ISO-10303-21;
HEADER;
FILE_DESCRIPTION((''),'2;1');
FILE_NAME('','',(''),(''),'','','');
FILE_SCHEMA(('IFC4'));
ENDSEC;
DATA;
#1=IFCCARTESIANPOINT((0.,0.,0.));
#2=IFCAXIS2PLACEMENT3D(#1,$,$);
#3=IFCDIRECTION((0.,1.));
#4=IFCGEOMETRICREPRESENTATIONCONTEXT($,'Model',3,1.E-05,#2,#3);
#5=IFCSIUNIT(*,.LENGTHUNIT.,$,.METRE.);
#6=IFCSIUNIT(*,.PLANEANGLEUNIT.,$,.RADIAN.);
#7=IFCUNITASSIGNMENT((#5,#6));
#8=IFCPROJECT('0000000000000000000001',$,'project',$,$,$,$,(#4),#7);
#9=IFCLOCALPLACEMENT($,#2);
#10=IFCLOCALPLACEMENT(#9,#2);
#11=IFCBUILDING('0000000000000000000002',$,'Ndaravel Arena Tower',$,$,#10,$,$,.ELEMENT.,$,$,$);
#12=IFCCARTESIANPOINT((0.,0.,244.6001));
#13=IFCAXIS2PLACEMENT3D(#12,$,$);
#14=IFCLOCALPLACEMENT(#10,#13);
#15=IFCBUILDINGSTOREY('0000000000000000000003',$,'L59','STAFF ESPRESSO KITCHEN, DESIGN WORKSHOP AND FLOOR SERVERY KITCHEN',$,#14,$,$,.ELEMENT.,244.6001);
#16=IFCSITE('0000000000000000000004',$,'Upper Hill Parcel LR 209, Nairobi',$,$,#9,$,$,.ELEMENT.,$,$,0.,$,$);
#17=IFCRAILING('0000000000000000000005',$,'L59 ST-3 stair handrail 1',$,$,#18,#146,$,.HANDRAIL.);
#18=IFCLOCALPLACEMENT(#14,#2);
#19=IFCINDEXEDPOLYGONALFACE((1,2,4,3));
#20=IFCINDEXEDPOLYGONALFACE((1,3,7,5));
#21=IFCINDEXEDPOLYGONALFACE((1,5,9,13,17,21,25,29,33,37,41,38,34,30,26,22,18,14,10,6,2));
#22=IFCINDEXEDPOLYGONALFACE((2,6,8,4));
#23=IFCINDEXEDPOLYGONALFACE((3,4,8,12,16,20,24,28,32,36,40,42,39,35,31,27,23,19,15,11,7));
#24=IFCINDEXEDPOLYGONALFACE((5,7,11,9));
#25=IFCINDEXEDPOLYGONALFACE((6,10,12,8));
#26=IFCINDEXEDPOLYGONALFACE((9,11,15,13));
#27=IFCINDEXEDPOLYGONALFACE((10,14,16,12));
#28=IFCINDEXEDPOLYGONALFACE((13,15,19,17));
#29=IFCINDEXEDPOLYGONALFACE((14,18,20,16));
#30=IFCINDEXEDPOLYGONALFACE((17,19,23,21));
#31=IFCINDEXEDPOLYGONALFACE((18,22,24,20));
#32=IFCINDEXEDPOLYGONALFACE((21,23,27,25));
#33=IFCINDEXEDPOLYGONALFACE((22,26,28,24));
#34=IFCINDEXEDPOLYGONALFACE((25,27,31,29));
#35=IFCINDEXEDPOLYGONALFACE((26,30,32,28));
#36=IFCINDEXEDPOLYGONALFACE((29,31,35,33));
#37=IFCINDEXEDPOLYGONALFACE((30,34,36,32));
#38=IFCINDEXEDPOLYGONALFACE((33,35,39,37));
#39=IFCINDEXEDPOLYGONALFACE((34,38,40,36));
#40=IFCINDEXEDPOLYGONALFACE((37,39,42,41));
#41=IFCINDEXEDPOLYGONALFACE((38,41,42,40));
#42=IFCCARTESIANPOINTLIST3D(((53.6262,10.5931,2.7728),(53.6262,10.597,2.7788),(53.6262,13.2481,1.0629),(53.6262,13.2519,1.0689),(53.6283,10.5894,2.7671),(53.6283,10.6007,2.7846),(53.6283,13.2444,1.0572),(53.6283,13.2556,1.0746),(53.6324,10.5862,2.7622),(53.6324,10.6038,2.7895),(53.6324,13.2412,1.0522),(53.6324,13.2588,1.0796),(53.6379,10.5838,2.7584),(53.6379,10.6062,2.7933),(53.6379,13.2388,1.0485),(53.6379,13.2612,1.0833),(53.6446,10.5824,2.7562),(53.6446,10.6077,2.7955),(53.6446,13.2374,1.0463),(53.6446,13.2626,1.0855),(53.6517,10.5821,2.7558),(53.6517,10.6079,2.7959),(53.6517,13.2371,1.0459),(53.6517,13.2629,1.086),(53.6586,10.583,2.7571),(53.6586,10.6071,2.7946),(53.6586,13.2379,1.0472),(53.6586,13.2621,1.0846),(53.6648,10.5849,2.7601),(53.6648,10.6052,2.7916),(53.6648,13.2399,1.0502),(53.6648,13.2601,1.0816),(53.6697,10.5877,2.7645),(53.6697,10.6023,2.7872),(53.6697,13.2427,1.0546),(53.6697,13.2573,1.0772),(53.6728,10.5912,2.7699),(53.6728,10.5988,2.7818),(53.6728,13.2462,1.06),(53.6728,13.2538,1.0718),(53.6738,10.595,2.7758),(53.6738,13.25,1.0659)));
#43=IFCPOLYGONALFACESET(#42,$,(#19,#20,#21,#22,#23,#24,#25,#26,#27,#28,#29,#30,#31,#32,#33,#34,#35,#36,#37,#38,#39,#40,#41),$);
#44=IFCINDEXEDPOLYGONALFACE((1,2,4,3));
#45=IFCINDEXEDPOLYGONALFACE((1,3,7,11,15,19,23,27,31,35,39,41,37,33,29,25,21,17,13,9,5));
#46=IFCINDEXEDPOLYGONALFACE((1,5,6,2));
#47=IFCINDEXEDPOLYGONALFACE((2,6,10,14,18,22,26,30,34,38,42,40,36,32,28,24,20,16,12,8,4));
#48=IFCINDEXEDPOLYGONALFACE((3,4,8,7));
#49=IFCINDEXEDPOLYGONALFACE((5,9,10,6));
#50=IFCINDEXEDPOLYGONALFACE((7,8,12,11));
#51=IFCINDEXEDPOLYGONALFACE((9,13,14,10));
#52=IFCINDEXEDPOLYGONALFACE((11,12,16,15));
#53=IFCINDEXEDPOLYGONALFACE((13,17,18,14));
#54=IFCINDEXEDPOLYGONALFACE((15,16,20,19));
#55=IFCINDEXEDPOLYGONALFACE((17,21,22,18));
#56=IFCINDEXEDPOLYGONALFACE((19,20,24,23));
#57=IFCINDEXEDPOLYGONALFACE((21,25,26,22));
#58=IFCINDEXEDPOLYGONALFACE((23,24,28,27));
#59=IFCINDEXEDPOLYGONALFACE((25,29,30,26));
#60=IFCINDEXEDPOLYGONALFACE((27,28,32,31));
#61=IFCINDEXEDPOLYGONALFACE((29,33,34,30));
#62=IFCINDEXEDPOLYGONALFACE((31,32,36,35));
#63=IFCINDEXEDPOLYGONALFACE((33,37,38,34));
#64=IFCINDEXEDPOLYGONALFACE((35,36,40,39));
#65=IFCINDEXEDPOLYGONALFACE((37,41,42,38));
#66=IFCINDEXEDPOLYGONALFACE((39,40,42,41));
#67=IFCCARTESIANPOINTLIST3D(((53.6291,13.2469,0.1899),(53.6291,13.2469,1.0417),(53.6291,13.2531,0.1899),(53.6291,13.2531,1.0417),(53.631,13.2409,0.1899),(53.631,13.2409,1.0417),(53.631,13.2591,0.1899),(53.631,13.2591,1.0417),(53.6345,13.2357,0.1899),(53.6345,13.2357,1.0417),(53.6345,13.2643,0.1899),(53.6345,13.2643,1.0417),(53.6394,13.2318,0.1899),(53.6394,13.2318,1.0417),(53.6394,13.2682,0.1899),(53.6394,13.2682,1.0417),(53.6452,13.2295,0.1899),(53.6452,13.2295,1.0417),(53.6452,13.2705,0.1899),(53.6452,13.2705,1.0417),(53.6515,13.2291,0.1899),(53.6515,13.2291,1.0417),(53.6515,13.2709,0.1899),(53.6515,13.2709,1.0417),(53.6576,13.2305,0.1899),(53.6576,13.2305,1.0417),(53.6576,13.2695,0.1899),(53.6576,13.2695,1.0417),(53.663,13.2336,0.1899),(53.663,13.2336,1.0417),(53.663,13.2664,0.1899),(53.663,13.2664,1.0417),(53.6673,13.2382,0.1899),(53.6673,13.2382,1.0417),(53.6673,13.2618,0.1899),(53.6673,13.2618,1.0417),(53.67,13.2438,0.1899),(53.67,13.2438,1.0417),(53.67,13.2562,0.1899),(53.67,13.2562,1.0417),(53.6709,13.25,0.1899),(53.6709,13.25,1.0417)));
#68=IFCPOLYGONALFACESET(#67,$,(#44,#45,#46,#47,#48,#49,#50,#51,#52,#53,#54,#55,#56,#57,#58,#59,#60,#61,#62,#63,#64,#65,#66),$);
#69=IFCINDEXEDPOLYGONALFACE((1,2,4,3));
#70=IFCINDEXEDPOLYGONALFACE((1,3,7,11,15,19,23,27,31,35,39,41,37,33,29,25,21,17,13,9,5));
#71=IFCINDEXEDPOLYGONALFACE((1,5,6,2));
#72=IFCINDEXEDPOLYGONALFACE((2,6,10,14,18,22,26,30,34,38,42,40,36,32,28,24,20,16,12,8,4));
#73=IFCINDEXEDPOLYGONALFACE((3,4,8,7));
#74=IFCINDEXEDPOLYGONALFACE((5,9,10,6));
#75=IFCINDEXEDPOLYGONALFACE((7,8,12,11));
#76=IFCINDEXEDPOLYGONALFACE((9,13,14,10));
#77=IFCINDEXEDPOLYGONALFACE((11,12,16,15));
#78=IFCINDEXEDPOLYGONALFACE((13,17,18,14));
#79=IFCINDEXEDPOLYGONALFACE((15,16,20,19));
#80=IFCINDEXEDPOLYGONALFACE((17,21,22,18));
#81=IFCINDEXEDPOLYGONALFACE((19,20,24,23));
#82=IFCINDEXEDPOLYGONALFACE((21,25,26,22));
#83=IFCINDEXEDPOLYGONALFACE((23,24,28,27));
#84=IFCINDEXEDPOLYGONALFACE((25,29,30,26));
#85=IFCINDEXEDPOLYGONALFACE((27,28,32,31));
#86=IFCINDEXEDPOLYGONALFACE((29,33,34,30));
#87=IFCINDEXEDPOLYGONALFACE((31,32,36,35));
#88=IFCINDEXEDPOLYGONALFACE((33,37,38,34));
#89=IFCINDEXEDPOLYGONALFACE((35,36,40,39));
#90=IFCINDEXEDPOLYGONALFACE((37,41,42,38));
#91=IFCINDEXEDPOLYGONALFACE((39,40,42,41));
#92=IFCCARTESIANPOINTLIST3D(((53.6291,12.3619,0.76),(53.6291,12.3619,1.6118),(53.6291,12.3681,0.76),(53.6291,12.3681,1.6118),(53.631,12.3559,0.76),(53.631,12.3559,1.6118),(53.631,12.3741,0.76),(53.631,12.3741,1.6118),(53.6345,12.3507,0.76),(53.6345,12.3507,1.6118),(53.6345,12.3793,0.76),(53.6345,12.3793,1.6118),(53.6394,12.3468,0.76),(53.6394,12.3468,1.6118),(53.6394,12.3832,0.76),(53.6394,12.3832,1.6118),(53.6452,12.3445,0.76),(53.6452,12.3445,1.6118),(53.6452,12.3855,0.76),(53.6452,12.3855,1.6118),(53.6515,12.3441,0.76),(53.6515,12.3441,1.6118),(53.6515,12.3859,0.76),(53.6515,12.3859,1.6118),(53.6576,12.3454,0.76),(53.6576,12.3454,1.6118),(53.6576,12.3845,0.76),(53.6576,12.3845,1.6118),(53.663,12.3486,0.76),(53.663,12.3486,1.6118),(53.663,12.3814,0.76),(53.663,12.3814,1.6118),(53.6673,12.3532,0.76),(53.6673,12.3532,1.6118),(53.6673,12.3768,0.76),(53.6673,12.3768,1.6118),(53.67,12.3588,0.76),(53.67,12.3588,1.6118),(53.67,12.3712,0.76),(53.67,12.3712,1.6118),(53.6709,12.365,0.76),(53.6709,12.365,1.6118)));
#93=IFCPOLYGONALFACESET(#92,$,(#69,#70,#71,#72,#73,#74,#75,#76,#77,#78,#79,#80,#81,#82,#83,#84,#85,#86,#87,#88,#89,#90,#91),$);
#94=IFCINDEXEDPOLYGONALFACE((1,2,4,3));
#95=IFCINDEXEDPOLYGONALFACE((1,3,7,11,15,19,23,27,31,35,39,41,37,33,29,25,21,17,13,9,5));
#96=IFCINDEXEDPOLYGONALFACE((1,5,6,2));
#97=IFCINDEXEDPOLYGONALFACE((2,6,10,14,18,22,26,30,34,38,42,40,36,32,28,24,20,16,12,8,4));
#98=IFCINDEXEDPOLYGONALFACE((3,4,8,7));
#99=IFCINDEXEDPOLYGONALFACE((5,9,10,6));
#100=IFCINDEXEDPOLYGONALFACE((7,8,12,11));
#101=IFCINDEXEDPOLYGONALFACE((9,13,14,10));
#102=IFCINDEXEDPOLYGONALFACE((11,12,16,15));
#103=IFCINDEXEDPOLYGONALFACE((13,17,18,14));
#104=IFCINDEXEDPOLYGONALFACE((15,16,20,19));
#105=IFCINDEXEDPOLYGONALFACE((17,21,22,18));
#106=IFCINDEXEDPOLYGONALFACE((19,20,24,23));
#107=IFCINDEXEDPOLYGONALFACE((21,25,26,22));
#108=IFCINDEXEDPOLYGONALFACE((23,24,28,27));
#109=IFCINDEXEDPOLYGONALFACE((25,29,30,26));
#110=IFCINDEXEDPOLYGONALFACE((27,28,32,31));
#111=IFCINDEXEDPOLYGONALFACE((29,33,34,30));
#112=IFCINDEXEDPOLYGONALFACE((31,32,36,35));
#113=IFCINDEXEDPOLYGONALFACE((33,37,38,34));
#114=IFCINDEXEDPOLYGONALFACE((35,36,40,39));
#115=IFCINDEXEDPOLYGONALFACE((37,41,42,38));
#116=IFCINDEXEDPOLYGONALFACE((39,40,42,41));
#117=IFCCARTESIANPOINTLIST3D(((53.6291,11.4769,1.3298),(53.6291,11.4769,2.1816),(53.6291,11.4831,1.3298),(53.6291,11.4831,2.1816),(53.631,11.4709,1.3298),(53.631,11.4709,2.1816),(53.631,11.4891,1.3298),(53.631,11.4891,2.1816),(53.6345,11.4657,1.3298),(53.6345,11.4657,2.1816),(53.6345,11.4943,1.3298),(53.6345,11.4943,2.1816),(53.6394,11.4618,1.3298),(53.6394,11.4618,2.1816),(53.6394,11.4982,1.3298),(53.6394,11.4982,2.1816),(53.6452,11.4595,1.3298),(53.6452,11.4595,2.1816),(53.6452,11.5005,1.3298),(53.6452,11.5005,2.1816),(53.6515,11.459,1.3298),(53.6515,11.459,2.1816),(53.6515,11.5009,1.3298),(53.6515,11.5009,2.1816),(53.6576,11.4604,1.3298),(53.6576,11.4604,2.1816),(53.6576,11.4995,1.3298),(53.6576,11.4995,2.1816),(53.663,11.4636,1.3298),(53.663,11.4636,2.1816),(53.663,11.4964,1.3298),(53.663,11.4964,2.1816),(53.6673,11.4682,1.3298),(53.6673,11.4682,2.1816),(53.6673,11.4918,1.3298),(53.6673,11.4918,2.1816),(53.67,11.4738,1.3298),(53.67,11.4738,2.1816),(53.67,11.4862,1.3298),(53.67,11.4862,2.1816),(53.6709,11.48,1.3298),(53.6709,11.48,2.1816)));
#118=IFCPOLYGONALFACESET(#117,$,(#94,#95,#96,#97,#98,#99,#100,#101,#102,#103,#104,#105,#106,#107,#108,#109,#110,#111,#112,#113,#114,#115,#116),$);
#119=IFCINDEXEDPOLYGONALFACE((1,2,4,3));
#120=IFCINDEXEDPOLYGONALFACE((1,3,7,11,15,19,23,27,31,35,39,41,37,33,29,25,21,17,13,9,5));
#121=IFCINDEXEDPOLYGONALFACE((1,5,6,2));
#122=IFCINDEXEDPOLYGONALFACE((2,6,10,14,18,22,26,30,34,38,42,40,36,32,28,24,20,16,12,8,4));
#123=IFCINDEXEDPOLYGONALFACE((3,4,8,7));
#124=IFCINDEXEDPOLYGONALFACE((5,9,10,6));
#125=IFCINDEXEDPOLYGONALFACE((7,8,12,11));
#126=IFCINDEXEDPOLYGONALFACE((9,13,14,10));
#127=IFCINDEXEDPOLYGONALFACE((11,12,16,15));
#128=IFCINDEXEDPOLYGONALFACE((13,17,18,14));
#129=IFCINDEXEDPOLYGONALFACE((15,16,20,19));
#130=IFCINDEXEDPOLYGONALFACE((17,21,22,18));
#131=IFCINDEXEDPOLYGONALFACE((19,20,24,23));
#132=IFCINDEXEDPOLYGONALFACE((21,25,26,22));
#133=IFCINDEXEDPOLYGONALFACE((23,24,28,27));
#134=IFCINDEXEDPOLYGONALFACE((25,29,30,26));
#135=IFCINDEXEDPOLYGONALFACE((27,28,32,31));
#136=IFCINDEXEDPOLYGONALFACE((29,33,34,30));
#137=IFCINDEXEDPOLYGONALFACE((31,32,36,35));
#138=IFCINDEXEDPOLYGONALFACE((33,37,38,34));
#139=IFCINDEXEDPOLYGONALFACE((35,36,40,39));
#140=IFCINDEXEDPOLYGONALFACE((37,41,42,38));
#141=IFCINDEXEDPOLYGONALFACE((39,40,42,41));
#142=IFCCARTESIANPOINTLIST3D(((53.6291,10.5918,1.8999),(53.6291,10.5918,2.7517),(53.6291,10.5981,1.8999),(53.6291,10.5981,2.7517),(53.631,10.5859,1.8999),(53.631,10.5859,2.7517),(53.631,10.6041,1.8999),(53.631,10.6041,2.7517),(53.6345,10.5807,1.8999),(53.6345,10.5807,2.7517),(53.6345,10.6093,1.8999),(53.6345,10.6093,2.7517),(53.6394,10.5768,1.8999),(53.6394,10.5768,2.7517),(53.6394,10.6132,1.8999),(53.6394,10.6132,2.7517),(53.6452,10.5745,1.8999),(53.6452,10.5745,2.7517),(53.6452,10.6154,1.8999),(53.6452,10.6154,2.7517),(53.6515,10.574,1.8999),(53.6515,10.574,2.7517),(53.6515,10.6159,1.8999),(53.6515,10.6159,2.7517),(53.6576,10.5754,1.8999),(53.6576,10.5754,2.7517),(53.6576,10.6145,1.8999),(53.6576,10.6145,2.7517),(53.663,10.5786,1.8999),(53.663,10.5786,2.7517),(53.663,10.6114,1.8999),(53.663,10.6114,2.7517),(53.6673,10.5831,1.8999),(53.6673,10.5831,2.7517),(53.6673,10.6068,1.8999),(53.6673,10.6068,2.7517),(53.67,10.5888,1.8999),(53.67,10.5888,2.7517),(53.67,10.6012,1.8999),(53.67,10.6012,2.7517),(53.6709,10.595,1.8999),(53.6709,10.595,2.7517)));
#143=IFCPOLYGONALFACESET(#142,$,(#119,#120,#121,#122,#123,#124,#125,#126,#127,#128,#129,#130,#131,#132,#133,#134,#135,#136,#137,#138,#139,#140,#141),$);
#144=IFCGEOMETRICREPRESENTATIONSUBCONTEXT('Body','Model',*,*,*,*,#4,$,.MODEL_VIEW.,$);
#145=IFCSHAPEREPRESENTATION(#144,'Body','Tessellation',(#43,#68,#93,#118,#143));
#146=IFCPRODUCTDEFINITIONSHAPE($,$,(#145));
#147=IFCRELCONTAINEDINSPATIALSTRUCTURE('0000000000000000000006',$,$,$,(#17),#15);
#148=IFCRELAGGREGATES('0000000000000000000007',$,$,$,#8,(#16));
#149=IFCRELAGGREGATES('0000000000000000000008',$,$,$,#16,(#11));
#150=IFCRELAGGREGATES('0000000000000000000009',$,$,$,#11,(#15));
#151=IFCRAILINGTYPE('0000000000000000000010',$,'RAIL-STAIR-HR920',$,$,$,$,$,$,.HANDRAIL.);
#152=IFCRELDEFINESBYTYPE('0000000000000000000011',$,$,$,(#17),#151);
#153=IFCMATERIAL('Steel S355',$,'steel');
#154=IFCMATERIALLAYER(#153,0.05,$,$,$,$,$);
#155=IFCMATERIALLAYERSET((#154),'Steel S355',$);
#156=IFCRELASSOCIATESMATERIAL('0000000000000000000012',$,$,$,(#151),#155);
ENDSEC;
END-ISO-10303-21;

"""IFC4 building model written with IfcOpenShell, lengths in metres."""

from ifc_helpers import new_model, si_unit, direction, frame, origin, origin_2d, place, context, subcontext, project, spatial, circle, extrude, material, layer, layer_set, type_object, element, save


model = new_model("IFC4")

# Units and contexts
model_context = context("Model", 3, precision=1e-05, world=origin(), true_north=direction((0.0, 1.0)))
body_context = subcontext(model_context, "Body", "Model", "MODEL_VIEW")
ifc_project = project(units=[si_unit("LENGTHUNIT", "METRE"), si_unit("PLANEANGLEUNIT", "RADIAN")], contexts=[model_context])

# Site, building, storey
site_placement = place(None, origin())
site = spatial("IfcSite", under=ifc_project, at=site_placement, Name="Upper Hill Parcel LR 209, Nairobi", CompositionType="ELEMENT", RefElevation=0.0)
building_placement = place(site_placement, origin())
building = spatial("IfcBuilding", under=site, at=building_placement, Name="Ndaravel Arena Tower", CompositionType="ELEMENT")
storey_placement = place(building_placement, frame((0.0, 0.0, 244.6001)))
storey = spatial("IfcBuildingStorey", under=building, at=storey_placement, Name="L59", Description="STAFF ESPRESSO KITCHEN, DESIGN WORKSHOP AND FLOOR SERVERY KITCHEN", CompositionType="ELEMENT", Elevation=244.6001)

# Railing
ifc_material_1 = material(Name="Steel S355", Category="steel")
ifc_layer_1 = layer(ifc_material_1, 0.05)
ifc_layer_set_1 = layer_set([ifc_layer_1], Name="Steel S355")
railing_type = type_object("IfcRailingType", Name="RAIL-STAIR-HR920", PredefinedType="HANDRAIL", material=ifc_layer_set_1)
railing_placement = place(storey_placement, frame((53.6499, 13.25, 0.1899)))
element("IfcRailing", 1, at=railing_placement, inside=storey, type_object=railing_type, Name="L59 ST-3 stair handrail 1", PredefinedType="HANDRAIL", context=body_context, shape_type="SweptSolid", body=[
    extrude(circle(Radius=0.0239, at=origin_2d()), frame((0.0, 0.0, 0.876), z_axis=(0.0, -0.840724, 0.541465), x_axis=(1.0, 0.0, 0.0)), (0.0, 0.0, 1.0), 3.158),
    extrude(circle(Radius=0.021, at=origin_2d()), origin(), (0.0, 0.0, 1.0), 0.8518),
    extrude(circle(Radius=0.021, at=origin_2d()), frame((0.0, -0.885, 0.5701)), (0.0, 0.0, 1.0), 0.8518),
    extrude(circle(Radius=0.021, at=origin_2d()), frame((0.0, -1.77, 1.1399)), (0.0, 0.0, 1.0), 0.8518),
    extrude(circle(Radius=0.021, at=origin_2d()), frame((0.0, -2.655, 1.71)), (0.0, 0.0, 1.0), 0.8518),
])

save(model, "model.ifc")
